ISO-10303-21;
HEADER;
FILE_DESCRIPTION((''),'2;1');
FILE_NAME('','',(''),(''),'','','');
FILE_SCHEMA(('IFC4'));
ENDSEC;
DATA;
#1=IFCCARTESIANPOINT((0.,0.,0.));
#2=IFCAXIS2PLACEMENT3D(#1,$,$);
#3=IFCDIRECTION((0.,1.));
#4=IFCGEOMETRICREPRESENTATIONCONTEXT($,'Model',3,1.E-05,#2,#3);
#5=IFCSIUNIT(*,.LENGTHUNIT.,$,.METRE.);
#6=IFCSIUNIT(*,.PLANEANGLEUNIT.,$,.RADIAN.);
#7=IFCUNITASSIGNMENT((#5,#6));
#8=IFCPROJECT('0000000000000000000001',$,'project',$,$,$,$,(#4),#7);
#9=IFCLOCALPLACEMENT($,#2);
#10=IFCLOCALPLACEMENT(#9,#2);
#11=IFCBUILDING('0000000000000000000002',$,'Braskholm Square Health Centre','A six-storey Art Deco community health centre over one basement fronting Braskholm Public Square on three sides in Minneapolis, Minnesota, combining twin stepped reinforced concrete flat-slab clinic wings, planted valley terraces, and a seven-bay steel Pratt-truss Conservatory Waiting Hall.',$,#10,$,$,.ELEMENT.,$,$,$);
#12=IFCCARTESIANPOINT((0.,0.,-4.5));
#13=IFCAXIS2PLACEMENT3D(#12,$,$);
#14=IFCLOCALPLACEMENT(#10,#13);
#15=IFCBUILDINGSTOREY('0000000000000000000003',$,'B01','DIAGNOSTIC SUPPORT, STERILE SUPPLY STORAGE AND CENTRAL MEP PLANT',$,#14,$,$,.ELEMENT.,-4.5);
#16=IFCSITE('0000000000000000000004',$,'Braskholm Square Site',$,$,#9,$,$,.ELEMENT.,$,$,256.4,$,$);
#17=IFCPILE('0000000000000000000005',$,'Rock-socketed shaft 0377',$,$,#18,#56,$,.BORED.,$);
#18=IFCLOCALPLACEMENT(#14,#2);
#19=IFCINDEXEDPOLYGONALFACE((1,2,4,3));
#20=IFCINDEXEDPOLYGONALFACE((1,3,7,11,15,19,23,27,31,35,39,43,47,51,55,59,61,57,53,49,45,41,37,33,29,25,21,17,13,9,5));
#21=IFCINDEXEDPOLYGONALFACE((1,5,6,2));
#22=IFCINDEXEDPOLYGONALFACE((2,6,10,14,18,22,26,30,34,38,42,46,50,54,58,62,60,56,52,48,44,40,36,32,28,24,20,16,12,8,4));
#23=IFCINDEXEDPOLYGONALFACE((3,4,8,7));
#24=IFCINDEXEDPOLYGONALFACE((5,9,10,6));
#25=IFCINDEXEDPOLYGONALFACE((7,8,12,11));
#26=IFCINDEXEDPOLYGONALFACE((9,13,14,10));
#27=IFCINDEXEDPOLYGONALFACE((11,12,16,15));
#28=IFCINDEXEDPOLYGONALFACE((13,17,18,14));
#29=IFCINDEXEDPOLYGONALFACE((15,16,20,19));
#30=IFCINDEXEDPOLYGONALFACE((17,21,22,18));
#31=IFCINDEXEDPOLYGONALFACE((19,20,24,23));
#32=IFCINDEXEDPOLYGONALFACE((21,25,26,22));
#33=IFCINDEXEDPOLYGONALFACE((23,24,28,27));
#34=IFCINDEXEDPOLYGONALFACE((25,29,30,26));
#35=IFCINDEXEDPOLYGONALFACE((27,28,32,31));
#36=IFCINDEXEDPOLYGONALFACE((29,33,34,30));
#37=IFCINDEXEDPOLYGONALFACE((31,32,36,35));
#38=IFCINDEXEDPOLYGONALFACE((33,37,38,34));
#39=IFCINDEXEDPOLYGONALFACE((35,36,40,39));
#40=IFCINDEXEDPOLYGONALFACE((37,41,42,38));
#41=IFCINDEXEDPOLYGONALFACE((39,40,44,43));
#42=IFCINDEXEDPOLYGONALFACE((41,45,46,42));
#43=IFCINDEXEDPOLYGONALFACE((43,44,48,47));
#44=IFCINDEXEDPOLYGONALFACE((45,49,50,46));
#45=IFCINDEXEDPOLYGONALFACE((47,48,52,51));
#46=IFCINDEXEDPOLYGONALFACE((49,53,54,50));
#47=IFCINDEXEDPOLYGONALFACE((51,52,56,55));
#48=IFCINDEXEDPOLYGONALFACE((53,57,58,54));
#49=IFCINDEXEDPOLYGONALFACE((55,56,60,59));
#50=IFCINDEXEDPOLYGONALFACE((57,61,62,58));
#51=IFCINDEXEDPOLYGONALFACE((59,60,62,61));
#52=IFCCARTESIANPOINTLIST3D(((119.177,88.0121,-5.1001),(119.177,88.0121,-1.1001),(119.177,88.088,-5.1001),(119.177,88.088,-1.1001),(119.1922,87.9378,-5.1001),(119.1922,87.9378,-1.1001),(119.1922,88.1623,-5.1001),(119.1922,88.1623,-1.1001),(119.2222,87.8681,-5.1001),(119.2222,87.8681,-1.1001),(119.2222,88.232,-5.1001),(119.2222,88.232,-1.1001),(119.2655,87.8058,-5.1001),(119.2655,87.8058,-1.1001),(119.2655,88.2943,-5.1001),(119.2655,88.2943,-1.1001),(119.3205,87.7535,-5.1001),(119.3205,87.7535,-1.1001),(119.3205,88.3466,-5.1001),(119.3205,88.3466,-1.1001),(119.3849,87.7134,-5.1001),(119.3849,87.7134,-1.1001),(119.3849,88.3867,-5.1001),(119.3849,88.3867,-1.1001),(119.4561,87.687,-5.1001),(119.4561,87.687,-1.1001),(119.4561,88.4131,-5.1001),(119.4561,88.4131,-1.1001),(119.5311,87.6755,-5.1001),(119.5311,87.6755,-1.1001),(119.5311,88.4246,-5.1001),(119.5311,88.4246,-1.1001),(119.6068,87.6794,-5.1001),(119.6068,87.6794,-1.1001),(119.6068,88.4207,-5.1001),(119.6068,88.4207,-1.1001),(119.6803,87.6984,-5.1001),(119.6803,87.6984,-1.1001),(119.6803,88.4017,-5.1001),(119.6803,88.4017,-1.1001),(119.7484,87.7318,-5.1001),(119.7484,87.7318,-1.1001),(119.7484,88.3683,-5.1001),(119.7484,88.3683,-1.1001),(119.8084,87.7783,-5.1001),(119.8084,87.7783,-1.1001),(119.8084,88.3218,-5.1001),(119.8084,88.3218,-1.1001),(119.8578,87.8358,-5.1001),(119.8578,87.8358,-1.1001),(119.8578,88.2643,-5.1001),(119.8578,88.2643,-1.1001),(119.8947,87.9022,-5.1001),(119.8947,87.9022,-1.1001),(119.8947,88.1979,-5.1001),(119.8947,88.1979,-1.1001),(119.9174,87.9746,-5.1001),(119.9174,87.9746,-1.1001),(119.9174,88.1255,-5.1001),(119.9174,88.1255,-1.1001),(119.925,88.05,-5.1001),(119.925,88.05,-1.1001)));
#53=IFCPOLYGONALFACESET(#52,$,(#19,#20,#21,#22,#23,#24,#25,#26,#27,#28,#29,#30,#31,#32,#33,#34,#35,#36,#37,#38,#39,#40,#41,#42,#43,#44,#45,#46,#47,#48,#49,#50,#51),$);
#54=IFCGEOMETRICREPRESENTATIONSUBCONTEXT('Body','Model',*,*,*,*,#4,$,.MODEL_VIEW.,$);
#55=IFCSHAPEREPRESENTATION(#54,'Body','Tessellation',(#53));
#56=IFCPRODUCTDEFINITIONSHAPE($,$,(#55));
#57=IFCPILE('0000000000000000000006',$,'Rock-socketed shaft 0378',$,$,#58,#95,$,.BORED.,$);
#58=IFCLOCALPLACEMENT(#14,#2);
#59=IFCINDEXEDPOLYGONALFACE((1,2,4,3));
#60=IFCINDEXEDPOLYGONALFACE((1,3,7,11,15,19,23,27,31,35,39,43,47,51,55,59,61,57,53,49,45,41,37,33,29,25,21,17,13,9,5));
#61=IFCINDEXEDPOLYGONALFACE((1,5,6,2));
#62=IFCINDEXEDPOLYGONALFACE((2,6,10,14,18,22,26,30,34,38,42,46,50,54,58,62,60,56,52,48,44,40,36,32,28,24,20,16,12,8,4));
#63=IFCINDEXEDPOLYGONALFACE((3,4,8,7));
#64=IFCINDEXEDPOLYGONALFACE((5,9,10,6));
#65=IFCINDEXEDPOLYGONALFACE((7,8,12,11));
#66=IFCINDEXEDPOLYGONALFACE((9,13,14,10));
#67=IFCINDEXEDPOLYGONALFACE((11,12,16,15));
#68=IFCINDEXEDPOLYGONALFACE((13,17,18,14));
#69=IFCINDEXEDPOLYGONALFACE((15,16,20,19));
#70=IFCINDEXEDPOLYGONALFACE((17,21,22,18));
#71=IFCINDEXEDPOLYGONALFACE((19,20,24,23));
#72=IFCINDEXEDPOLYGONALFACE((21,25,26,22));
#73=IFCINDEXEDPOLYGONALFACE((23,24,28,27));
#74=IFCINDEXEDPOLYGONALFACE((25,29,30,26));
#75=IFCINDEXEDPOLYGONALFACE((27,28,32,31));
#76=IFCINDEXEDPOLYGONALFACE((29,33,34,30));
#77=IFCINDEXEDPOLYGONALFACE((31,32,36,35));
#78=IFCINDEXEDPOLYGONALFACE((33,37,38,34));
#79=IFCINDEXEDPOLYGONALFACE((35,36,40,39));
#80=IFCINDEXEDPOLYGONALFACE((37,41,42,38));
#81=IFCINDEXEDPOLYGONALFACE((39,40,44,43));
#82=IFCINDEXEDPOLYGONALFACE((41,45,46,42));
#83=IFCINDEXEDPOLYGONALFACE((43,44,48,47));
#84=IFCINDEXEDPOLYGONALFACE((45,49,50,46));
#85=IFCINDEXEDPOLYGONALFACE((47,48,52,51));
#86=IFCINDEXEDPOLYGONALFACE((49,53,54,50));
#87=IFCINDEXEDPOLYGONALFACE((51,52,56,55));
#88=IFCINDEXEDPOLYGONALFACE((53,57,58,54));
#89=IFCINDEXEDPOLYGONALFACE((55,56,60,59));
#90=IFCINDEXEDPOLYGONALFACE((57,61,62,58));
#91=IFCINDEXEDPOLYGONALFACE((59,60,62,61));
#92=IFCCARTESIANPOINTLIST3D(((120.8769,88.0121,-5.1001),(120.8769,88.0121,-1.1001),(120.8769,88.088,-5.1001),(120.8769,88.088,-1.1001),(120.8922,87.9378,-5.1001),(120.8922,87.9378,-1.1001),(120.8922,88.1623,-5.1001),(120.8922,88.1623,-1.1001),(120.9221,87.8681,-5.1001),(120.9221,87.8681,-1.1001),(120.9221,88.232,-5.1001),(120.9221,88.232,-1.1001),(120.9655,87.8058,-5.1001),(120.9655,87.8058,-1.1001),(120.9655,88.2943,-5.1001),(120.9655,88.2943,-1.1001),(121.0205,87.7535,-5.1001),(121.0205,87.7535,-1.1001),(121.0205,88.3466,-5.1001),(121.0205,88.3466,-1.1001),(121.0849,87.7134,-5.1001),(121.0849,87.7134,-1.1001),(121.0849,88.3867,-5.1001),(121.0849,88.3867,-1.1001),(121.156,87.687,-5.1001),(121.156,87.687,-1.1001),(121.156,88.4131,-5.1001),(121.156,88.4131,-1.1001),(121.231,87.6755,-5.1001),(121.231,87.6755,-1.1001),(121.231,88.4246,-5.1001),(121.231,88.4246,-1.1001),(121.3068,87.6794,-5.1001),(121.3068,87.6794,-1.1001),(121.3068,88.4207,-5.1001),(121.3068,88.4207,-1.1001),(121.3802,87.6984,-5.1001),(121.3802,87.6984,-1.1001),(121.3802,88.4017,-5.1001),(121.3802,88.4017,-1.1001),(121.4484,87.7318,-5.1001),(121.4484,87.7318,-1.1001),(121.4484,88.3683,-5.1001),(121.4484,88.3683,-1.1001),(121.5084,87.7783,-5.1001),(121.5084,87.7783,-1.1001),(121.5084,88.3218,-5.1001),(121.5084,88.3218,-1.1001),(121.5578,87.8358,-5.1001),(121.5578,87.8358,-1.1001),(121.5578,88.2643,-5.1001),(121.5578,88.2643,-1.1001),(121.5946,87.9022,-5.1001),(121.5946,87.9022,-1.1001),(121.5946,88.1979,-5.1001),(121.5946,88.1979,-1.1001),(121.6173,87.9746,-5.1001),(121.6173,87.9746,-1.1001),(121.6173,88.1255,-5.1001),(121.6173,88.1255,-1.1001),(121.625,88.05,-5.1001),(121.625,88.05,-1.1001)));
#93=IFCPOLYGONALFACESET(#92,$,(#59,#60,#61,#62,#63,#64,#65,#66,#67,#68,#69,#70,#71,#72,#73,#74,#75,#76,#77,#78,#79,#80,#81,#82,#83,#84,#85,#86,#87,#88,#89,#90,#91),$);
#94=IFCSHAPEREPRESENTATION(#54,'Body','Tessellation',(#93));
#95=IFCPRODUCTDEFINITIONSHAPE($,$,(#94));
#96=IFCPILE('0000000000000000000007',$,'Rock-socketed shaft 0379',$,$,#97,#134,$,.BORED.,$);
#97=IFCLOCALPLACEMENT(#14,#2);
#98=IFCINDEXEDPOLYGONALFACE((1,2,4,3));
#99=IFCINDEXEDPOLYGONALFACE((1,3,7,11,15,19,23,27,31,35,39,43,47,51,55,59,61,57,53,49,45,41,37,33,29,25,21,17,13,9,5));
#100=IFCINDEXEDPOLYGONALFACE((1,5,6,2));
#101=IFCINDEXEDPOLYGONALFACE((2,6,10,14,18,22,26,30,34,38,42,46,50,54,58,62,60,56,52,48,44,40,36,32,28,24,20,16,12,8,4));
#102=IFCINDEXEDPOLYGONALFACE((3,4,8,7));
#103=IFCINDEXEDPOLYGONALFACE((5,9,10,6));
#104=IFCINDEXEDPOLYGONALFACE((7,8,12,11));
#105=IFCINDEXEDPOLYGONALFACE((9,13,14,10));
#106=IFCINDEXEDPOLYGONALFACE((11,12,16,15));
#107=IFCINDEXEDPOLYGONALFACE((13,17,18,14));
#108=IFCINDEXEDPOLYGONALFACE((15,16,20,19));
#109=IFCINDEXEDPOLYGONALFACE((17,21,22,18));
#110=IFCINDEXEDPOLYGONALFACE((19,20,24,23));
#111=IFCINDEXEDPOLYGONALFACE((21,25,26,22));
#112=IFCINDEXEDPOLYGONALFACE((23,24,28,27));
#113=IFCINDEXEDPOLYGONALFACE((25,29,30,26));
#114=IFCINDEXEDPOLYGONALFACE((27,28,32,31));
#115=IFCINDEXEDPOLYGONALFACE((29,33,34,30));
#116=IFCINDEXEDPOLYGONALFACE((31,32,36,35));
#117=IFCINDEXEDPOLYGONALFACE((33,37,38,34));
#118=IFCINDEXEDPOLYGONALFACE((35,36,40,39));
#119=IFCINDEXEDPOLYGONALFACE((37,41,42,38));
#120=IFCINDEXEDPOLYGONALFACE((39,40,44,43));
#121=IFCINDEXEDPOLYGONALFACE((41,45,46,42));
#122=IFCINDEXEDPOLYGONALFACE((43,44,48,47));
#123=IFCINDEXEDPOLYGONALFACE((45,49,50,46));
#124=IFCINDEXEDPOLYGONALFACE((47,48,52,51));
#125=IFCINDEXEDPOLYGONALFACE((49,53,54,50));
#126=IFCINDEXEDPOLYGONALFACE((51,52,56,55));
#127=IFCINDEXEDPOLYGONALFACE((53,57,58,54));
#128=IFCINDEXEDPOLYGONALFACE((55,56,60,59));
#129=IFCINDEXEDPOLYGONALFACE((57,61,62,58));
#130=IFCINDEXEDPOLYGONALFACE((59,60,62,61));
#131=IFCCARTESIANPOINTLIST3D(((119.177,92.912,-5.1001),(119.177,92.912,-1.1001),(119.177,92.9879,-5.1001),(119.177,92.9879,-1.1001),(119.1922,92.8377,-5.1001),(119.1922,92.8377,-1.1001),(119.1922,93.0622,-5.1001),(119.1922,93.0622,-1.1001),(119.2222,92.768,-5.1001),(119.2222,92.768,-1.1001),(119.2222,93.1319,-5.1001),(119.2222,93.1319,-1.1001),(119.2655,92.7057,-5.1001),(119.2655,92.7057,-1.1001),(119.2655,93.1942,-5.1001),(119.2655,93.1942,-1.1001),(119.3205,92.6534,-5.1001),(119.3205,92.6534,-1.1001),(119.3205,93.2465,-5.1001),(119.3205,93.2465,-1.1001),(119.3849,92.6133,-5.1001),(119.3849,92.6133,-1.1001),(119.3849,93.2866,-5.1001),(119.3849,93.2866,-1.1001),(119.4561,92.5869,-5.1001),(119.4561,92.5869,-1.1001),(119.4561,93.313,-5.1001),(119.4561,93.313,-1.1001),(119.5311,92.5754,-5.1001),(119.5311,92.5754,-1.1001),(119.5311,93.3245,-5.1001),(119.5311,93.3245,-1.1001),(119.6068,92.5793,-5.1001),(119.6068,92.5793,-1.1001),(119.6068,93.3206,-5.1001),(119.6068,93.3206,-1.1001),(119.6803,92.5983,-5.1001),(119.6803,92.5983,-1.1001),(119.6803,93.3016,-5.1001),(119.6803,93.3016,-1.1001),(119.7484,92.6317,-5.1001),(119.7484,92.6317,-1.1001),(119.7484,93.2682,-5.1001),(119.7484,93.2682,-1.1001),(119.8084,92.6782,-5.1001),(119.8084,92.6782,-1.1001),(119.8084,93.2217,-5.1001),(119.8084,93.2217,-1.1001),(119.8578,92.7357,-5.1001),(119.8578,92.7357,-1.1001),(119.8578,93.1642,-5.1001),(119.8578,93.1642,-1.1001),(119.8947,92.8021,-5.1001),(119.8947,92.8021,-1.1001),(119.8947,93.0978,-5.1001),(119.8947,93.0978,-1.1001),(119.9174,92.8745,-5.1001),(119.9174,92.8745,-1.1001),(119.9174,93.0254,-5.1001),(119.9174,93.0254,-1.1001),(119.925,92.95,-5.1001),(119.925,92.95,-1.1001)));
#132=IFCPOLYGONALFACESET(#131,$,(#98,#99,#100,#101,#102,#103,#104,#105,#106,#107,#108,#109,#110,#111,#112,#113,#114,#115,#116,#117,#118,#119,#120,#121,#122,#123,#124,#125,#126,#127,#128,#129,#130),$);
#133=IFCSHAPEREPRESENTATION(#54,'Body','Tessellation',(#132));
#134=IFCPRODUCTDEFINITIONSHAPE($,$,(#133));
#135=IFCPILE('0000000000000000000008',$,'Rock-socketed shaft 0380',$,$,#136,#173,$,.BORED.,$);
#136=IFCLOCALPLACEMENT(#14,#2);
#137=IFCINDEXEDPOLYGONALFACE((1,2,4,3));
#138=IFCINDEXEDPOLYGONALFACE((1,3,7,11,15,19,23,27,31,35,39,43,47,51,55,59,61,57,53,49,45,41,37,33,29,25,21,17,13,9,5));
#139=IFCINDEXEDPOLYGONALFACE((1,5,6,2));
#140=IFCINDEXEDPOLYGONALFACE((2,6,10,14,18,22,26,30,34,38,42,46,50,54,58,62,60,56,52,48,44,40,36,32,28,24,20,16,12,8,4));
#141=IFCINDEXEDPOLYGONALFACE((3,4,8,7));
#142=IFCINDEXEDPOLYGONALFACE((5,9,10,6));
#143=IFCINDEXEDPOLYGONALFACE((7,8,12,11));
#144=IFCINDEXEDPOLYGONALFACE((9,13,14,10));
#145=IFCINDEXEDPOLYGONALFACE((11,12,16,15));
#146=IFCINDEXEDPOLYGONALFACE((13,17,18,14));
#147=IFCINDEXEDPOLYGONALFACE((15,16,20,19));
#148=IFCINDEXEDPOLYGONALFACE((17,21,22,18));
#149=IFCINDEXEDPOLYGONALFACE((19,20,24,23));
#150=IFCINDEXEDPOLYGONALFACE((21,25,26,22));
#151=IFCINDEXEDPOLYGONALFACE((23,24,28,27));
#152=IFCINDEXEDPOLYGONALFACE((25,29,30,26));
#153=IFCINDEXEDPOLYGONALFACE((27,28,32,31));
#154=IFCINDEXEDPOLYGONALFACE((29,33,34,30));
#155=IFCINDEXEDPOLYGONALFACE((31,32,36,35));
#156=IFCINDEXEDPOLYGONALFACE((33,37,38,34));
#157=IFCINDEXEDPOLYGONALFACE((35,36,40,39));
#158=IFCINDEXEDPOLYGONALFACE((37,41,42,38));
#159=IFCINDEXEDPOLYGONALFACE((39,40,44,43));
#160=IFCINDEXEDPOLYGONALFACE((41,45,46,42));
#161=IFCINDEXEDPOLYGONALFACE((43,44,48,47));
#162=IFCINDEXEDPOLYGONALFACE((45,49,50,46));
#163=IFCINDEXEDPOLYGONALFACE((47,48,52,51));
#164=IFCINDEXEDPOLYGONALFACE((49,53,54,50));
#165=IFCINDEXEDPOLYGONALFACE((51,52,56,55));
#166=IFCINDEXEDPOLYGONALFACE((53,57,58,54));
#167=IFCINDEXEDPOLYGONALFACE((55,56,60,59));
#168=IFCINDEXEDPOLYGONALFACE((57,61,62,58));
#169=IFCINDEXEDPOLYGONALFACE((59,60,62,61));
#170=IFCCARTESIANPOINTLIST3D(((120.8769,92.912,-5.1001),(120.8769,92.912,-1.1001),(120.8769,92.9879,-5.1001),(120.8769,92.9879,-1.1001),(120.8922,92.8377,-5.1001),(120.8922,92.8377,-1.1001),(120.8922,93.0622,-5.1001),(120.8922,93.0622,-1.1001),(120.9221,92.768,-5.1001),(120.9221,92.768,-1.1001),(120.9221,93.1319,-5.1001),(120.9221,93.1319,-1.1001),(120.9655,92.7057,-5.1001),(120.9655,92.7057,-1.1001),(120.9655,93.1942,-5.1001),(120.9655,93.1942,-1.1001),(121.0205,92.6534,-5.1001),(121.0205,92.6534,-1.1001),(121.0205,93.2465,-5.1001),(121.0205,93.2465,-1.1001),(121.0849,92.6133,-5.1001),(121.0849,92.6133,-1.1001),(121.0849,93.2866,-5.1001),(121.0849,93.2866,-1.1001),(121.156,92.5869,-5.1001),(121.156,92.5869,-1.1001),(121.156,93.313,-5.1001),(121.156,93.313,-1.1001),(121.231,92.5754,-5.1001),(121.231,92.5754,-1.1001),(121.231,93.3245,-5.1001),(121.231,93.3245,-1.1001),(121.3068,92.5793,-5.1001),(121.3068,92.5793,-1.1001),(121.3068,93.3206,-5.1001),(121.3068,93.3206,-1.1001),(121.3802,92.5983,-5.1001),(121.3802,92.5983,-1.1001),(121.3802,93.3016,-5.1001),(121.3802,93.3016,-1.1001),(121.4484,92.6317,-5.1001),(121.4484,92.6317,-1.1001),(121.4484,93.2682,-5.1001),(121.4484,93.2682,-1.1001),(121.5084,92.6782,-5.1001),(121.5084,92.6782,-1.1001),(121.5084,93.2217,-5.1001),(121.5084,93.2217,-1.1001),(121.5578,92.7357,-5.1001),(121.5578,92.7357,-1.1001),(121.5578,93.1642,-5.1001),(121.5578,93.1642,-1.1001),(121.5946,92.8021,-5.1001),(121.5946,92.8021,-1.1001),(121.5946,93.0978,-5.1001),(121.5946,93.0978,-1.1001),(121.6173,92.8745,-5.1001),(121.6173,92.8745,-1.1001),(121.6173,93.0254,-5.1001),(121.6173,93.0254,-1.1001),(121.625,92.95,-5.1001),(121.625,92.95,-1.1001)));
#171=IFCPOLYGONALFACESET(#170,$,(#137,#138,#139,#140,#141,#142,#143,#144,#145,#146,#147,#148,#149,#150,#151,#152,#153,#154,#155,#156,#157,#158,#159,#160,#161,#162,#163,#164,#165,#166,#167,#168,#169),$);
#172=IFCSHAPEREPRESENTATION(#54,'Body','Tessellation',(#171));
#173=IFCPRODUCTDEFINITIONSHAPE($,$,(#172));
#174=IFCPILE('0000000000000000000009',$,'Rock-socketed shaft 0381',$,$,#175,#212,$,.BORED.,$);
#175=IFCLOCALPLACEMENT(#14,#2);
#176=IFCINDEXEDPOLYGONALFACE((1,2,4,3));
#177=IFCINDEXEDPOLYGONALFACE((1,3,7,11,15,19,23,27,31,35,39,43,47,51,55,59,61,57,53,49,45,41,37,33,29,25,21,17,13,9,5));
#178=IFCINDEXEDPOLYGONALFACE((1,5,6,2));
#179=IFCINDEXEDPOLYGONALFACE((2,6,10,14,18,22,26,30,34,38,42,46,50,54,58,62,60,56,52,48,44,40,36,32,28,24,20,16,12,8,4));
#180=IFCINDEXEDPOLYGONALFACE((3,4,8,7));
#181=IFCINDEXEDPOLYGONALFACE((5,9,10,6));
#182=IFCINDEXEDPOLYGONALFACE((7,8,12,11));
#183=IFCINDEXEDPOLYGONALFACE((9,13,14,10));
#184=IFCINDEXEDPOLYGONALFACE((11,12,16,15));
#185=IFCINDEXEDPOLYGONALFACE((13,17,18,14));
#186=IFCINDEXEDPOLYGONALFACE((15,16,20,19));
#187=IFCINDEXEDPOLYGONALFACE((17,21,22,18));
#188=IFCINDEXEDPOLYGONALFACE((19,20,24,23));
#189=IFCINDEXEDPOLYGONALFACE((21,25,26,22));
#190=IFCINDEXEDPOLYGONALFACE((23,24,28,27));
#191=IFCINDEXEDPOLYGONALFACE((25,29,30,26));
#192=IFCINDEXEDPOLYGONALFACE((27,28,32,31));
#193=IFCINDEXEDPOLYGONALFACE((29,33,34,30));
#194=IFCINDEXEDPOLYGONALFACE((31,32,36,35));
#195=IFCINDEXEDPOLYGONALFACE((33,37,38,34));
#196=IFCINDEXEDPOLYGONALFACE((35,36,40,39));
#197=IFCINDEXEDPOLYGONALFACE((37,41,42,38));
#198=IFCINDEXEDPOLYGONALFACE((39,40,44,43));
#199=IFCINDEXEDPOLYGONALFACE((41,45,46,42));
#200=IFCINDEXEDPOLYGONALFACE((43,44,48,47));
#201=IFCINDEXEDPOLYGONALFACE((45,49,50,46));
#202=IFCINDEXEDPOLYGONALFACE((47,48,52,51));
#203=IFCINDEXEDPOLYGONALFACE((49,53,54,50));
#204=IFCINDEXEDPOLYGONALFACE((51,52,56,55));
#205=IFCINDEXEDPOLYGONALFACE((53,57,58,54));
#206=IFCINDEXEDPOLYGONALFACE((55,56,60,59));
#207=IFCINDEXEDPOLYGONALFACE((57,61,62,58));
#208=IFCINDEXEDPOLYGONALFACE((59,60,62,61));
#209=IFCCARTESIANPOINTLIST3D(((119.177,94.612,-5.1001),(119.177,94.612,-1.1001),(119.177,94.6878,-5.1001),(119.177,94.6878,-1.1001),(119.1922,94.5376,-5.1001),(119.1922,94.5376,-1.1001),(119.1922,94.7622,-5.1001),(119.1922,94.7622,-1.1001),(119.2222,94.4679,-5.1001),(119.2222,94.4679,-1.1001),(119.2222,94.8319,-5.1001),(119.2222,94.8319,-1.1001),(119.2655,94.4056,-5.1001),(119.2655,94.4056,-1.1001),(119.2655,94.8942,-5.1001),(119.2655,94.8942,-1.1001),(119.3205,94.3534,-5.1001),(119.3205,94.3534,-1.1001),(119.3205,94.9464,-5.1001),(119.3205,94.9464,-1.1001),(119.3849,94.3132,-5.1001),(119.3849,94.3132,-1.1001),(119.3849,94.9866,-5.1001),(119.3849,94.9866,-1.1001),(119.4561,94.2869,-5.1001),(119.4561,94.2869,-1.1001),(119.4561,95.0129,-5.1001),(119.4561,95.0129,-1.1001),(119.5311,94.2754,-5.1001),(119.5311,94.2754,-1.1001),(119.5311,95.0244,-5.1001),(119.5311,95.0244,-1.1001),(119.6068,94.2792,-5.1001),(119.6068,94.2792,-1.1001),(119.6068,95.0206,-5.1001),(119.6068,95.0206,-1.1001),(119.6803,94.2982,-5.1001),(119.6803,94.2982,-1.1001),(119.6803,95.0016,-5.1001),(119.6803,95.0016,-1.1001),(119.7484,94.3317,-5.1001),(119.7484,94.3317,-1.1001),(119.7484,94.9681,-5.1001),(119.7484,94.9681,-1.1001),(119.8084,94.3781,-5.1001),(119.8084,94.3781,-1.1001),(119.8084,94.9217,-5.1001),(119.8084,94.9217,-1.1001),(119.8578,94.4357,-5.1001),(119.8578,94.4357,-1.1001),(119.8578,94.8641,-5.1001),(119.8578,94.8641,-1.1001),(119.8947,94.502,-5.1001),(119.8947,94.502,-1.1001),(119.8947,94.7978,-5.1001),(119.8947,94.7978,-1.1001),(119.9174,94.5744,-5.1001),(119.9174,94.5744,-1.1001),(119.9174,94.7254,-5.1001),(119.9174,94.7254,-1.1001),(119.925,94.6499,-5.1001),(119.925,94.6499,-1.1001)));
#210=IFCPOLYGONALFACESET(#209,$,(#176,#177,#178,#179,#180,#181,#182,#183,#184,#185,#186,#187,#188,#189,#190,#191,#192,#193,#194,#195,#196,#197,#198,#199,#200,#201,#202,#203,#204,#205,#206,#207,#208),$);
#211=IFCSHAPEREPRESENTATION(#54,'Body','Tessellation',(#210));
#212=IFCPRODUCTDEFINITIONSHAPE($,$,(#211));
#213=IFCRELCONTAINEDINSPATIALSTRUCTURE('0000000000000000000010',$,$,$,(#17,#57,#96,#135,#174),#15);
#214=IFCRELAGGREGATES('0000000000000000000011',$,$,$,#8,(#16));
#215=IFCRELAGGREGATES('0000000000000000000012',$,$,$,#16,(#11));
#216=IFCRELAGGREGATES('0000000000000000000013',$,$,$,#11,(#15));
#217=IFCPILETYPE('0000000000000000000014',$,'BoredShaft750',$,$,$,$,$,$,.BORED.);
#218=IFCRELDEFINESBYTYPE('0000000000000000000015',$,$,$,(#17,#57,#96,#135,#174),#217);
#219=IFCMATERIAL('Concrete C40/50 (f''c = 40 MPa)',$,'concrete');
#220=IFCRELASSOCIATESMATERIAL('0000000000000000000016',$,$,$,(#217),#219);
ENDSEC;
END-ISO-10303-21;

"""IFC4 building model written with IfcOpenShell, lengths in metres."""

from ifc_helpers import new_model, si_unit, direction, frame, origin, origin_2d, place, context, subcontext, project, spatial, circle, extrude, material, material_profile, profile_set, type_object, element, save


model = new_model("IFC4")

# Units and contexts
model_context = context("Model", 3, precision=1e-05, world=origin(), true_north=direction((0.0, 1.0)))
body_context = subcontext(model_context, "Body", "Model", "MODEL_VIEW")
ifc_project = project(units=[si_unit("LENGTHUNIT", "METRE"), si_unit("PLANEANGLEUNIT", "RADIAN")], contexts=[model_context])

# Site, building, storey
site_placement = place(None, origin())
site = spatial("IfcSite", under=ifc_project, at=site_placement, Name="Braskholm Square Site", CompositionType="ELEMENT", RefElevation=256.4)
building_placement = place(site_placement, origin())
building = spatial("IfcBuilding", under=site, at=building_placement, Name="Braskholm Square Health Centre", Description="A six-storey Art Deco community health centre over one basement fronting Braskholm Public Square on three sides in Minneapolis, Minnesota, combining twin stepped reinforced concrete flat-slab clinic wings, planted valley terraces, and a seven-bay steel Pratt-truss Conservatory Waiting Hall.", CompositionType="ELEMENT")
storey_placement = place(building_placement, frame((0.0, 0.0, -4.5)))
storey = spatial("IfcBuildingStorey", under=building, at=storey_placement, Name="B01", Description="DIAGNOSTIC SUPPORT, STERILE SUPPLY STORAGE AND CENTRAL MEP PLANT", CompositionType="ELEMENT", Elevation=-4.5)

# Piles
ifc_material_1 = material(Name="Concrete C40/50 (f'c = 40 MPa)", Category="concrete")
ifc_material_profile_1 = material_profile(ifc_material_1, circle(Radius=0.375, at=origin_2d()), Name="BORED-PILE-750")
ifc_profile_set_1 = profile_set([ifc_material_profile_1], Name="Concrete C40/50 (f'c = 40 MPa)")
pile_type = type_object("IfcPileType", Name="BoredShaft750", PredefinedType="BORED", material=ifc_profile_set_1)
for number, where, z_axis, x_axis, name in (
    (1, (119.55, 88.05, -1.1001), (0.0, 0.0, -1.0), (1.0, 0.0, 0.0), "Rock-socketed shaft 0377"),
    (2, (121.25, 88.05, -1.1001), (0.0, 0.0, -1.0), (1.0, 0.0, 0.0), "Rock-socketed shaft 0378"),
    (3, (119.55, 92.95, -1.1001), (0.0, 0.0, -1.0), (1.0, 0.0, 0.0), "Rock-socketed shaft 0379"),
    (4, (121.25, 92.95, -1.1001), (0.0, 0.0, -1.0), (1.0, 0.0, 0.0), "Rock-socketed shaft 0380"),
    (5, (119.55, 94.6499, -1.1001), (0.0, 0.0, -1.0), (1.0, 0.0, 0.0), "Rock-socketed shaft 0381"),
):
    element("IfcPile", number, at=place(storey_placement, frame(where, z_axis=z_axis, x_axis=x_axis)), inside=storey, type_object=pile_type, Name=name, PredefinedType="BORED", context=body_context, shape_type="SweptSolid", body=[
        extrude(circle(Radius=0.375, at=origin_2d()), origin(), (0.0, 0.0, 1.0), 4.0),
    ])

save(model, "model.ifc")
